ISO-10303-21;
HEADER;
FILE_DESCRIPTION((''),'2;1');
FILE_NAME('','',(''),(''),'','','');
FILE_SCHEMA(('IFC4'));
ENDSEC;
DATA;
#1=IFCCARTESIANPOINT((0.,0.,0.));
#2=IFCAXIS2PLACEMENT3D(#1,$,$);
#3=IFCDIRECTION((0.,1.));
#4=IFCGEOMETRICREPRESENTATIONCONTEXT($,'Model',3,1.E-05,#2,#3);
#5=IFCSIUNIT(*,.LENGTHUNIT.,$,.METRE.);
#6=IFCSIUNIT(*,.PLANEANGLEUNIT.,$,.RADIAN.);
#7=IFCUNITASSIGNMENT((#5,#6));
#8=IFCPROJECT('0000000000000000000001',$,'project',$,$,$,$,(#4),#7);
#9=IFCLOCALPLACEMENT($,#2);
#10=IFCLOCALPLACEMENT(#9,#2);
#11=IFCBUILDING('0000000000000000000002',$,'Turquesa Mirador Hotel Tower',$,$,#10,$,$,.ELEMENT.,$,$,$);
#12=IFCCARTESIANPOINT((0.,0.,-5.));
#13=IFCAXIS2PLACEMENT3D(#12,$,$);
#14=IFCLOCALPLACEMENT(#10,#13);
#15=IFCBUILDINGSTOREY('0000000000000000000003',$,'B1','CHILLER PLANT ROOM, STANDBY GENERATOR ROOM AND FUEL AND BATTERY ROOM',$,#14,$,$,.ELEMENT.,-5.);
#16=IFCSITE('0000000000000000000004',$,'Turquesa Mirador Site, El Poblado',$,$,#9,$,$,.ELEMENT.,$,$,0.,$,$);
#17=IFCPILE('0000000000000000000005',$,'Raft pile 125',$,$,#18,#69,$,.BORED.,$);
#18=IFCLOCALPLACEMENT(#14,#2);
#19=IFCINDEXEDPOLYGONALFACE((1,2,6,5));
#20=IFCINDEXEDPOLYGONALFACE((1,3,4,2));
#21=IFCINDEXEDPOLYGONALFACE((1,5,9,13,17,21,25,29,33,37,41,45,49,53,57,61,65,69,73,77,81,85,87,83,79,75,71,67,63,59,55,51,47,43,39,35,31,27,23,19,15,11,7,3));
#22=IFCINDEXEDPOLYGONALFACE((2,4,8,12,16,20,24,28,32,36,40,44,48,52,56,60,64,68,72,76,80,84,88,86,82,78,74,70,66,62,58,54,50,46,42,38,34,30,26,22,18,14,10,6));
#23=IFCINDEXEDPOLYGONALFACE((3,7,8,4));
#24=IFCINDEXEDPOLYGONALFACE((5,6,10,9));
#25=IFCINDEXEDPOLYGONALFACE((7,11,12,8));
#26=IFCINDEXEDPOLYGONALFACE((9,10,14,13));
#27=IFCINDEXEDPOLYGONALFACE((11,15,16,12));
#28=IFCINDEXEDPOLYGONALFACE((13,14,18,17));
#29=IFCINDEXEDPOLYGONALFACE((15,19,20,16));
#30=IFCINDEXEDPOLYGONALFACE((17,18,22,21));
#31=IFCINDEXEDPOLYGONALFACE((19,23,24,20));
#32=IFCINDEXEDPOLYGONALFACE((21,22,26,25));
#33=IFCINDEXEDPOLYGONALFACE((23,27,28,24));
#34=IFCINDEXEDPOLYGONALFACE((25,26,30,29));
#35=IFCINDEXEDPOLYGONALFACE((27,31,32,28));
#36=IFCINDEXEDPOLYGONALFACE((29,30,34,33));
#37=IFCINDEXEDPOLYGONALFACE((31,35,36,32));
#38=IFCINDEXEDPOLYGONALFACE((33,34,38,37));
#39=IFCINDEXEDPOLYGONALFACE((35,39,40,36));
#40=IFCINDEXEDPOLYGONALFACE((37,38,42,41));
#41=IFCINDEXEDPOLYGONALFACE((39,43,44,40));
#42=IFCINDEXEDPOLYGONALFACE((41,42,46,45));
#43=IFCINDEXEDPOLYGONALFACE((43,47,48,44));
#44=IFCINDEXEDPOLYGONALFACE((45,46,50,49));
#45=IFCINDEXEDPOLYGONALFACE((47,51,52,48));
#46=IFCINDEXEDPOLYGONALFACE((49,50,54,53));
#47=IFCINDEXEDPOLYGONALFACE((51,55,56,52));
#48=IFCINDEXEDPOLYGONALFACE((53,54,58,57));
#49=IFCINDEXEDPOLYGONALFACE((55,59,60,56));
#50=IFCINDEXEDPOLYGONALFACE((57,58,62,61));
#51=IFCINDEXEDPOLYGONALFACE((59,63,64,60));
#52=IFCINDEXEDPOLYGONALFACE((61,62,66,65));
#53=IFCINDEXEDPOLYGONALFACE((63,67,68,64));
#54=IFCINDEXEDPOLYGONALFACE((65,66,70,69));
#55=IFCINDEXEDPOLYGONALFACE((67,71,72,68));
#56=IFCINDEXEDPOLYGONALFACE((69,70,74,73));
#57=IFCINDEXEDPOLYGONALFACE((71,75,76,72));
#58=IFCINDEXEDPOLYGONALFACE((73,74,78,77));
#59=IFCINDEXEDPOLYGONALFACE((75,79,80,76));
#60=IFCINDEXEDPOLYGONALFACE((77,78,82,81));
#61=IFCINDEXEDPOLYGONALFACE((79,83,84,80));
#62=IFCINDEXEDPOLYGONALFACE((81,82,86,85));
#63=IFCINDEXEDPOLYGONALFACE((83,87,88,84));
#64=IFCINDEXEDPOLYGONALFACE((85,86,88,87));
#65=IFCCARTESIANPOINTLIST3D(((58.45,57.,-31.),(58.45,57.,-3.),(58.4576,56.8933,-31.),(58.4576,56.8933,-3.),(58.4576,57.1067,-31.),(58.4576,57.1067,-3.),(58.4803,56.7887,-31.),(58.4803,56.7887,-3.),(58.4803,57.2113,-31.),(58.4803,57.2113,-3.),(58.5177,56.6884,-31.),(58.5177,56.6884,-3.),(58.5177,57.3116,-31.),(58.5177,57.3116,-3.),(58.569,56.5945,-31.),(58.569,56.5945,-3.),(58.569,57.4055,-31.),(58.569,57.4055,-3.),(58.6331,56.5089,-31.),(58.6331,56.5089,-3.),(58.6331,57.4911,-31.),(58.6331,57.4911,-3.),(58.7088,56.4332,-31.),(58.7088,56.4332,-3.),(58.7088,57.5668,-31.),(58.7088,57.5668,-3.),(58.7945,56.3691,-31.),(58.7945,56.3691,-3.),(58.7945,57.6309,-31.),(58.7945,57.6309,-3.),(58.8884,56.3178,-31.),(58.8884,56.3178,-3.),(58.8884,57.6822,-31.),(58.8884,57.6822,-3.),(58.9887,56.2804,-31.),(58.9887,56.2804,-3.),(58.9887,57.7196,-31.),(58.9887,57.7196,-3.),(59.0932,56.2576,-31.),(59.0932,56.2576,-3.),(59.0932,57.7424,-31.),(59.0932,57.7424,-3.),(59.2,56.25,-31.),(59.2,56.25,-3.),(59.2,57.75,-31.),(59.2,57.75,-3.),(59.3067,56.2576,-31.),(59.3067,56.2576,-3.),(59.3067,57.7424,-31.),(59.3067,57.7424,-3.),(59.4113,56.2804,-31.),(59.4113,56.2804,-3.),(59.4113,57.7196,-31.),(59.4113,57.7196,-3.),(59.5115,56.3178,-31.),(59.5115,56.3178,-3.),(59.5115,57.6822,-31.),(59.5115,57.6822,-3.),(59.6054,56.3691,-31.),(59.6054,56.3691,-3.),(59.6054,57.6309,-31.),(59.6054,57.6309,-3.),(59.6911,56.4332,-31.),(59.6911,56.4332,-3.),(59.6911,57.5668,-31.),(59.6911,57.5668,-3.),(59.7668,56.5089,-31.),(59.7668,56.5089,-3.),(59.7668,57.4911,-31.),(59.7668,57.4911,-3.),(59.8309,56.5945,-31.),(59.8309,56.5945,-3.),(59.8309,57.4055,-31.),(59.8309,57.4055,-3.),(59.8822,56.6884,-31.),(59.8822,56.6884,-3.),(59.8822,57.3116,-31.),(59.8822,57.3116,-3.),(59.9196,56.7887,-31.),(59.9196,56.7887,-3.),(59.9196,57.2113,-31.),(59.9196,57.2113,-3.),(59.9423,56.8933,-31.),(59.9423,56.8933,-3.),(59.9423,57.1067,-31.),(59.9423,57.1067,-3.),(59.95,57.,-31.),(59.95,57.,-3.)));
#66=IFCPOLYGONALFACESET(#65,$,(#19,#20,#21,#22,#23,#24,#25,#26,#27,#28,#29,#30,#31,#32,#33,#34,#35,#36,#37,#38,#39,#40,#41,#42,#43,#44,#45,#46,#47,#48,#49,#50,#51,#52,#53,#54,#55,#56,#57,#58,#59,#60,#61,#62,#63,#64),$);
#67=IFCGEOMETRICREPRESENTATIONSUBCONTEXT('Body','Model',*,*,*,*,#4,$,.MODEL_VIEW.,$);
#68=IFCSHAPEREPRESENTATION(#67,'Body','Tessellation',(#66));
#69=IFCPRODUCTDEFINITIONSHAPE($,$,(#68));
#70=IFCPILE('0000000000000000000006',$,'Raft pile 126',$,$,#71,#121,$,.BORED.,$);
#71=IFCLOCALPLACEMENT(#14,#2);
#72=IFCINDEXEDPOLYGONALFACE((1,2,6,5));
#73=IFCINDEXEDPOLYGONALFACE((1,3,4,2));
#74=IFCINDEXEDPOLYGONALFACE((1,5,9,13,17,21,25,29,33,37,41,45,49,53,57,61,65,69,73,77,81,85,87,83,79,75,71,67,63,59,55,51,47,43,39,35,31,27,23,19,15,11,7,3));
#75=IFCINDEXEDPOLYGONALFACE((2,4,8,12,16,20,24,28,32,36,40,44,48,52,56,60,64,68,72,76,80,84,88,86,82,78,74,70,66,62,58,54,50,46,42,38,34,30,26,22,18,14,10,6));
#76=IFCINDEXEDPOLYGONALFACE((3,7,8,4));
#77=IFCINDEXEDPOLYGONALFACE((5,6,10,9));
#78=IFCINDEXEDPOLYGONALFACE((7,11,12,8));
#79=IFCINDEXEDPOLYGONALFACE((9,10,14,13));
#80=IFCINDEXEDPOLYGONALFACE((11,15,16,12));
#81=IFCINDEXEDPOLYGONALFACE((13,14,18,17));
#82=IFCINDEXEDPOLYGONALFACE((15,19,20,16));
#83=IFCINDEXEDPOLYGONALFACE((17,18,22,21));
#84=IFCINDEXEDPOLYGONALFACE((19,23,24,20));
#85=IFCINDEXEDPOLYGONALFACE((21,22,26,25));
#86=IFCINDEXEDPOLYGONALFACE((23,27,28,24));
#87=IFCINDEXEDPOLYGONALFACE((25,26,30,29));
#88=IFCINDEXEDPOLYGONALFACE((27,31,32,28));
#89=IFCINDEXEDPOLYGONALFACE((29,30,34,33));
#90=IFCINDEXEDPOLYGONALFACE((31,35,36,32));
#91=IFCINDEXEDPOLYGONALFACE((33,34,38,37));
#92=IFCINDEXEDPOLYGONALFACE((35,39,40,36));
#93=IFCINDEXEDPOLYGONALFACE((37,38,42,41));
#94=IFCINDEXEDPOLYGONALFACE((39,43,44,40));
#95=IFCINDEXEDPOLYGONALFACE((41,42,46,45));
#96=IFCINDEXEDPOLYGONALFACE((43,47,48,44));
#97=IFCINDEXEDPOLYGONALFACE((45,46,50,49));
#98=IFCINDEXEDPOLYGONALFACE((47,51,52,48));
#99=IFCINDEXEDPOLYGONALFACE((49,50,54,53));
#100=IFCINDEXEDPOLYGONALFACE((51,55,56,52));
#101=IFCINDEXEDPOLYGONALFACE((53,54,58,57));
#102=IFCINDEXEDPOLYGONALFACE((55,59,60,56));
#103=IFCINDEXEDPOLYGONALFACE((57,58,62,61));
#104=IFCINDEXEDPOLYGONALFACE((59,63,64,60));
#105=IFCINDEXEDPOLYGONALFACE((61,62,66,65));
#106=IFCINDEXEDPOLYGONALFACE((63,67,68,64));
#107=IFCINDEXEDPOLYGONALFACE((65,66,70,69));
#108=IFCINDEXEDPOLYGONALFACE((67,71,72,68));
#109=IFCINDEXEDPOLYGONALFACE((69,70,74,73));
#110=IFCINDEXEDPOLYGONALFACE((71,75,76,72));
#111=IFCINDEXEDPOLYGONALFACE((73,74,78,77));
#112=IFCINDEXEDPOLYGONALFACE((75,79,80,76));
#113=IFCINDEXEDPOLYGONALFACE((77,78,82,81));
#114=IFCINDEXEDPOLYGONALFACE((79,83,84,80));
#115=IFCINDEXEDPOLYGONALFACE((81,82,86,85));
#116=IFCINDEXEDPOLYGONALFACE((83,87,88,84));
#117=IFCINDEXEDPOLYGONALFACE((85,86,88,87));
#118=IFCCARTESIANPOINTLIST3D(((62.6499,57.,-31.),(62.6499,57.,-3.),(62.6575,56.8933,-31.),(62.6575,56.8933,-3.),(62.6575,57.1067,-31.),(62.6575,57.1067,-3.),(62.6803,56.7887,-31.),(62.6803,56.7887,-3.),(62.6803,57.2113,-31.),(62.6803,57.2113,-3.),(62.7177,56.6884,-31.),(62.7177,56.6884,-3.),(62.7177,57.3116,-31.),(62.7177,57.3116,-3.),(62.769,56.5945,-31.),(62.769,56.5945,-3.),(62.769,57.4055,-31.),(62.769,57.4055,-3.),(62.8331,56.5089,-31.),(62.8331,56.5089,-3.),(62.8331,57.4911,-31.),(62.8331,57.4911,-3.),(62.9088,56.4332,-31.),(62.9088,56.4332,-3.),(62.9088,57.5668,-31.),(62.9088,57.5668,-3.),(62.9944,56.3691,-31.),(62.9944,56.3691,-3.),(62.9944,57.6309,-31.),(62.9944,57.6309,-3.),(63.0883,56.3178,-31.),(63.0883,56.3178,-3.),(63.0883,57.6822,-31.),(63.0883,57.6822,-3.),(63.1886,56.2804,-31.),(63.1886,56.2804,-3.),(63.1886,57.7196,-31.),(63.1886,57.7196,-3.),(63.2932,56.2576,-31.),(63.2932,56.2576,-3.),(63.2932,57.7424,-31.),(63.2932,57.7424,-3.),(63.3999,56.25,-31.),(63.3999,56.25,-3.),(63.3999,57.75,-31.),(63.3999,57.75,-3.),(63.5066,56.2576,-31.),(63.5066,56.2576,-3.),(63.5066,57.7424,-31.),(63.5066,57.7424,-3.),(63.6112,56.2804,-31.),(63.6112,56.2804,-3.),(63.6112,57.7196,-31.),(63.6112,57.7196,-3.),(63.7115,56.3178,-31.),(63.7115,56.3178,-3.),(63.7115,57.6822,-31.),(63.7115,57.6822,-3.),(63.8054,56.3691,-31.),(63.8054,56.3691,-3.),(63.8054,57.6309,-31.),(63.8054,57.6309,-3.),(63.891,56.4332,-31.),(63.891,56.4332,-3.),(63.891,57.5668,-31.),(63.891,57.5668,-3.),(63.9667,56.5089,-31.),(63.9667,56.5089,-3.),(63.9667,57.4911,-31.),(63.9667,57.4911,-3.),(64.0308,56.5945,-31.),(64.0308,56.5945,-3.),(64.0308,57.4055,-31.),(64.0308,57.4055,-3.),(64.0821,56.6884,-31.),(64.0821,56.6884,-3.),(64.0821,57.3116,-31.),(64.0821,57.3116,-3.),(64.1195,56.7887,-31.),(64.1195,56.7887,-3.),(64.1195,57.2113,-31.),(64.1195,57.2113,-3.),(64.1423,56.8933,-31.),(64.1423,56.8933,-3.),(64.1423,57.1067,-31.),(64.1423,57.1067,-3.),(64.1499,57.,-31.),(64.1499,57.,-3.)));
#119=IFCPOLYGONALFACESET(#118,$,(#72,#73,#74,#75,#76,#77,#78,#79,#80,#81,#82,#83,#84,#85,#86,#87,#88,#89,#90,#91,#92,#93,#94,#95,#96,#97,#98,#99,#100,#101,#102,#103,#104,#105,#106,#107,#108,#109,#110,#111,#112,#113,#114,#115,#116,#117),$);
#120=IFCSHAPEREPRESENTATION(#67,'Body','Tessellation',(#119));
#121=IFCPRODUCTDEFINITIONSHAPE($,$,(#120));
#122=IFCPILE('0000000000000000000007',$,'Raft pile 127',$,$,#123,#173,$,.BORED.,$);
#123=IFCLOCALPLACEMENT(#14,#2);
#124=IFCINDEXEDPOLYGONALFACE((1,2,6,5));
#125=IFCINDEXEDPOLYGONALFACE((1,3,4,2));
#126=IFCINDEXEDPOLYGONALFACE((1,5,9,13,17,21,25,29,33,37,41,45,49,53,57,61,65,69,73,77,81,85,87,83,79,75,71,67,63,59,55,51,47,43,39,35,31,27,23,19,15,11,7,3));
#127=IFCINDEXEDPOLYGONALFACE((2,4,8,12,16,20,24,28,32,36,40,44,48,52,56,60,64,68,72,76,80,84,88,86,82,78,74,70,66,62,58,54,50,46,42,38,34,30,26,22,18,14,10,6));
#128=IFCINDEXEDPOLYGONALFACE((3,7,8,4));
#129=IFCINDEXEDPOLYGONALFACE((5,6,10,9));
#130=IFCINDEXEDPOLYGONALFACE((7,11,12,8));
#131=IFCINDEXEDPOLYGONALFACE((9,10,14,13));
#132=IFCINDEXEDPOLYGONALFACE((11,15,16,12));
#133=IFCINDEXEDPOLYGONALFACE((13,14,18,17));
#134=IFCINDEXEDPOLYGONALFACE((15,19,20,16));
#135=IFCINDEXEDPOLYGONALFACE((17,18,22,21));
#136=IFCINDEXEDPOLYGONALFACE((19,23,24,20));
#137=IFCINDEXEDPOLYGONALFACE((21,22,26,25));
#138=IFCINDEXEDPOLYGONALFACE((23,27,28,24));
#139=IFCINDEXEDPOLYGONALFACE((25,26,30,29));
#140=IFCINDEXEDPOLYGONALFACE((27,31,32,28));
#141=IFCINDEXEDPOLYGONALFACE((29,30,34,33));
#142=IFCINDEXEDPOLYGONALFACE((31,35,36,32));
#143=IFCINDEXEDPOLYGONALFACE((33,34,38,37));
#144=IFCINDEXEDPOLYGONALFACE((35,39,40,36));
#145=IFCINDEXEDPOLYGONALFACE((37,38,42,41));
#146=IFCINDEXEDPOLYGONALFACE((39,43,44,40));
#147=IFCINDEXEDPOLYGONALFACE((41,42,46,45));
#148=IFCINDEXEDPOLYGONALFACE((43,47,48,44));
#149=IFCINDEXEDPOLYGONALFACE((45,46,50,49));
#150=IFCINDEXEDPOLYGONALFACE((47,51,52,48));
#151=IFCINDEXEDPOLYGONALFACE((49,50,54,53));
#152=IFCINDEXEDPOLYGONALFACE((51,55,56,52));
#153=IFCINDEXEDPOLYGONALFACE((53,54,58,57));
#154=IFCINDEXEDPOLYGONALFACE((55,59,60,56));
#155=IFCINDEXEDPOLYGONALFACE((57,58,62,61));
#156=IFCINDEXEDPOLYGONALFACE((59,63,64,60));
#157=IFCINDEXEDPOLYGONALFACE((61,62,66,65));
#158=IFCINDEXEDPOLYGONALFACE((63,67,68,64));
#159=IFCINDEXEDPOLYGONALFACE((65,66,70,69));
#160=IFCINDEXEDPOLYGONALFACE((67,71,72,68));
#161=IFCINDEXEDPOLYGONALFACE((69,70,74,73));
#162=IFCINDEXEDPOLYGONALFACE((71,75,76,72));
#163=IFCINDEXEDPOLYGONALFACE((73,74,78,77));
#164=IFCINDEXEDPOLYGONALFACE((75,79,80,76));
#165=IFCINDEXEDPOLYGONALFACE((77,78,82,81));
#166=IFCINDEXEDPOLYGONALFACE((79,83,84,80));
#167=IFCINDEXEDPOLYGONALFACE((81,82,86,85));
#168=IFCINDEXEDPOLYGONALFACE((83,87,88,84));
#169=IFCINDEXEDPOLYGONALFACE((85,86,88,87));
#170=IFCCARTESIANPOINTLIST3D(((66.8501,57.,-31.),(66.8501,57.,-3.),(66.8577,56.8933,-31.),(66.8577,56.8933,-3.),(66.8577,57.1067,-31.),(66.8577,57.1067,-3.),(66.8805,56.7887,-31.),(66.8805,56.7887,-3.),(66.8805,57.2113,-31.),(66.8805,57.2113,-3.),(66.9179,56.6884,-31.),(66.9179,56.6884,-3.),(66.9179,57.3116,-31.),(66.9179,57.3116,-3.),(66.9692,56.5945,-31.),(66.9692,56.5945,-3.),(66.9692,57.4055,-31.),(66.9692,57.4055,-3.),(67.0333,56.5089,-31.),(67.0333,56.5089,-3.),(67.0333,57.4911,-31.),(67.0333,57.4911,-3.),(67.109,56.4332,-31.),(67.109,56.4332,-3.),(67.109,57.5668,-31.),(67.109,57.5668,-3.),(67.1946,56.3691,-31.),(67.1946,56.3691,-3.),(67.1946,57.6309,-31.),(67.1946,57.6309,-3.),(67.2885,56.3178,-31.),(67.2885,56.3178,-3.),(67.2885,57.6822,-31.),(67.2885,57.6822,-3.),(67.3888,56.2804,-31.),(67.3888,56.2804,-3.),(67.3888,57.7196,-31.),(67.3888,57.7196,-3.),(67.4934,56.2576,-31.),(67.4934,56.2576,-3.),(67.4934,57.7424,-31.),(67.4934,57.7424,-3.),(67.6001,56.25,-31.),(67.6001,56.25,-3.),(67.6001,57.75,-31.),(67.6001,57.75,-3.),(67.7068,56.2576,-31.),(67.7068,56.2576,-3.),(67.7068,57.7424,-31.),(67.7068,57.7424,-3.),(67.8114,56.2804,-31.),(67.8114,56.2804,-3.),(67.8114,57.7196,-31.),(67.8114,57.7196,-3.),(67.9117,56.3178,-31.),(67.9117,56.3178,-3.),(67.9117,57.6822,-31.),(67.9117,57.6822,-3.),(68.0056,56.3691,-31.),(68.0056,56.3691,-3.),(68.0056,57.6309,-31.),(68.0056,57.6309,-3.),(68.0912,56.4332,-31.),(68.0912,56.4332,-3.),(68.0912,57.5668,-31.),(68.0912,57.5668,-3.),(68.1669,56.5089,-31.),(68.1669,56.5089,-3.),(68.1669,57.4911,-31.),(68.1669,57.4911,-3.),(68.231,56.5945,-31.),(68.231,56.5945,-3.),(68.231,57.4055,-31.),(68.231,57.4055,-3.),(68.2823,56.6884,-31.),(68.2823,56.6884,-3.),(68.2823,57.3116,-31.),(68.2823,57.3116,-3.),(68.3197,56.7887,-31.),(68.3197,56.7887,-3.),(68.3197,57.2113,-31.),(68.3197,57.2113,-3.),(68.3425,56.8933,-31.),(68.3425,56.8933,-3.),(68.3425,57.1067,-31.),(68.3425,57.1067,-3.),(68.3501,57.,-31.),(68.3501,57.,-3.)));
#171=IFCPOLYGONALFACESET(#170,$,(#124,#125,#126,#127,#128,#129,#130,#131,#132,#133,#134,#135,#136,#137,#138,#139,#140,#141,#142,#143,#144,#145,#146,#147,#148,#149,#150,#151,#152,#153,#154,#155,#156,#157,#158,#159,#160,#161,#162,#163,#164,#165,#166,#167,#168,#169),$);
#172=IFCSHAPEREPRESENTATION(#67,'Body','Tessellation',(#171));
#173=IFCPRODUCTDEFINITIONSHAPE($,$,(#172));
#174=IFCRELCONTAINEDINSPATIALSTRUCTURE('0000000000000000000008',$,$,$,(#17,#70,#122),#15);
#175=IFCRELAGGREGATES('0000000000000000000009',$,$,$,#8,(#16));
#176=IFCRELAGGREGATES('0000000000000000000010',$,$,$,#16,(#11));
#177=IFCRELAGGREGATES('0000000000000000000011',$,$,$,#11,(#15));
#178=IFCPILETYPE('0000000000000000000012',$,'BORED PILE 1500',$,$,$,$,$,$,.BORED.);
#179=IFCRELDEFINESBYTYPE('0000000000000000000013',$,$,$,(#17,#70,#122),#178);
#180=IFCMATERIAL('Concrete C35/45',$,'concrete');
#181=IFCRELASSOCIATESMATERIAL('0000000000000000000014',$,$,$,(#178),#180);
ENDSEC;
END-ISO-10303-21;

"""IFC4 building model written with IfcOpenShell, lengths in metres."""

from ifc_helpers import new_model, si_unit, direction, frame, origin, origin_2d, place, context, subcontext, project, spatial, circle, extrude, material, type_object, element, save


model = new_model("IFC4")

# Units and contexts
model_context = context("Model", 3, precision=1e-05, world=origin(), true_north=direction((0.0, 1.0)))
body_context = subcontext(model_context, "Body", "Model", "MODEL_VIEW")
ifc_project = project(units=[si_unit("LENGTHUNIT", "METRE"), si_unit("PLANEANGLEUNIT", "RADIAN")], contexts=[model_context])

# Site, building, storey
site_placement = place(None, origin())
site = spatial("IfcSite", under=ifc_project, at=site_placement, Name="Turquesa Mirador Site, El Poblado", CompositionType="ELEMENT", RefElevation=0.0)
building_placement = place(site_placement, origin())
building = spatial("IfcBuilding", under=site, at=building_placement, Name="Turquesa Mirador Hotel Tower", CompositionType="ELEMENT")
storey_placement = place(building_placement, frame((0.0, 0.0, -5.0)))
storey = spatial("IfcBuildingStorey", under=building, at=storey_placement, Name="B1", Description="CHILLER PLANT ROOM, STANDBY GENERATOR ROOM AND FUEL AND BATTERY ROOM", CompositionType="ELEMENT", Elevation=-5.0)

# Piles
ifc_material_1 = material(Name="Concrete C35/45", Category="concrete")
pile_type = type_object("IfcPileType", Name="BORED PILE 1500", PredefinedType="BORED", material=ifc_material_1)
for number, where, z_axis, x_axis, name in (
    (1, (59.2, 57.0, -3.0), (0.0, 0.0, -1.0), (1.0, 0.0, 0.0), "Raft pile 125"),
    (2, (63.3999, 57.0, -3.0), (0.0, 0.0, -1.0), (1.0, 0.0, 0.0), "Raft pile 126"),
    (3, (67.6001, 57.0, -3.0), (0.0, 0.0, -1.0), (1.0, 0.0, 0.0), "Raft pile 127"),
):
    element("IfcPile", number, at=place(storey_placement, frame(where, z_axis=z_axis, x_axis=x_axis)), inside=storey, type_object=pile_type, Name=name, PredefinedType="BORED", context=body_context, shape_type="SweptSolid", body=[
        extrude(circle(Radius=0.75, at=origin_2d()), origin(), (0.0, 0.0, 1.0), 28.0),
    ])

save(model, "model.ifc")
